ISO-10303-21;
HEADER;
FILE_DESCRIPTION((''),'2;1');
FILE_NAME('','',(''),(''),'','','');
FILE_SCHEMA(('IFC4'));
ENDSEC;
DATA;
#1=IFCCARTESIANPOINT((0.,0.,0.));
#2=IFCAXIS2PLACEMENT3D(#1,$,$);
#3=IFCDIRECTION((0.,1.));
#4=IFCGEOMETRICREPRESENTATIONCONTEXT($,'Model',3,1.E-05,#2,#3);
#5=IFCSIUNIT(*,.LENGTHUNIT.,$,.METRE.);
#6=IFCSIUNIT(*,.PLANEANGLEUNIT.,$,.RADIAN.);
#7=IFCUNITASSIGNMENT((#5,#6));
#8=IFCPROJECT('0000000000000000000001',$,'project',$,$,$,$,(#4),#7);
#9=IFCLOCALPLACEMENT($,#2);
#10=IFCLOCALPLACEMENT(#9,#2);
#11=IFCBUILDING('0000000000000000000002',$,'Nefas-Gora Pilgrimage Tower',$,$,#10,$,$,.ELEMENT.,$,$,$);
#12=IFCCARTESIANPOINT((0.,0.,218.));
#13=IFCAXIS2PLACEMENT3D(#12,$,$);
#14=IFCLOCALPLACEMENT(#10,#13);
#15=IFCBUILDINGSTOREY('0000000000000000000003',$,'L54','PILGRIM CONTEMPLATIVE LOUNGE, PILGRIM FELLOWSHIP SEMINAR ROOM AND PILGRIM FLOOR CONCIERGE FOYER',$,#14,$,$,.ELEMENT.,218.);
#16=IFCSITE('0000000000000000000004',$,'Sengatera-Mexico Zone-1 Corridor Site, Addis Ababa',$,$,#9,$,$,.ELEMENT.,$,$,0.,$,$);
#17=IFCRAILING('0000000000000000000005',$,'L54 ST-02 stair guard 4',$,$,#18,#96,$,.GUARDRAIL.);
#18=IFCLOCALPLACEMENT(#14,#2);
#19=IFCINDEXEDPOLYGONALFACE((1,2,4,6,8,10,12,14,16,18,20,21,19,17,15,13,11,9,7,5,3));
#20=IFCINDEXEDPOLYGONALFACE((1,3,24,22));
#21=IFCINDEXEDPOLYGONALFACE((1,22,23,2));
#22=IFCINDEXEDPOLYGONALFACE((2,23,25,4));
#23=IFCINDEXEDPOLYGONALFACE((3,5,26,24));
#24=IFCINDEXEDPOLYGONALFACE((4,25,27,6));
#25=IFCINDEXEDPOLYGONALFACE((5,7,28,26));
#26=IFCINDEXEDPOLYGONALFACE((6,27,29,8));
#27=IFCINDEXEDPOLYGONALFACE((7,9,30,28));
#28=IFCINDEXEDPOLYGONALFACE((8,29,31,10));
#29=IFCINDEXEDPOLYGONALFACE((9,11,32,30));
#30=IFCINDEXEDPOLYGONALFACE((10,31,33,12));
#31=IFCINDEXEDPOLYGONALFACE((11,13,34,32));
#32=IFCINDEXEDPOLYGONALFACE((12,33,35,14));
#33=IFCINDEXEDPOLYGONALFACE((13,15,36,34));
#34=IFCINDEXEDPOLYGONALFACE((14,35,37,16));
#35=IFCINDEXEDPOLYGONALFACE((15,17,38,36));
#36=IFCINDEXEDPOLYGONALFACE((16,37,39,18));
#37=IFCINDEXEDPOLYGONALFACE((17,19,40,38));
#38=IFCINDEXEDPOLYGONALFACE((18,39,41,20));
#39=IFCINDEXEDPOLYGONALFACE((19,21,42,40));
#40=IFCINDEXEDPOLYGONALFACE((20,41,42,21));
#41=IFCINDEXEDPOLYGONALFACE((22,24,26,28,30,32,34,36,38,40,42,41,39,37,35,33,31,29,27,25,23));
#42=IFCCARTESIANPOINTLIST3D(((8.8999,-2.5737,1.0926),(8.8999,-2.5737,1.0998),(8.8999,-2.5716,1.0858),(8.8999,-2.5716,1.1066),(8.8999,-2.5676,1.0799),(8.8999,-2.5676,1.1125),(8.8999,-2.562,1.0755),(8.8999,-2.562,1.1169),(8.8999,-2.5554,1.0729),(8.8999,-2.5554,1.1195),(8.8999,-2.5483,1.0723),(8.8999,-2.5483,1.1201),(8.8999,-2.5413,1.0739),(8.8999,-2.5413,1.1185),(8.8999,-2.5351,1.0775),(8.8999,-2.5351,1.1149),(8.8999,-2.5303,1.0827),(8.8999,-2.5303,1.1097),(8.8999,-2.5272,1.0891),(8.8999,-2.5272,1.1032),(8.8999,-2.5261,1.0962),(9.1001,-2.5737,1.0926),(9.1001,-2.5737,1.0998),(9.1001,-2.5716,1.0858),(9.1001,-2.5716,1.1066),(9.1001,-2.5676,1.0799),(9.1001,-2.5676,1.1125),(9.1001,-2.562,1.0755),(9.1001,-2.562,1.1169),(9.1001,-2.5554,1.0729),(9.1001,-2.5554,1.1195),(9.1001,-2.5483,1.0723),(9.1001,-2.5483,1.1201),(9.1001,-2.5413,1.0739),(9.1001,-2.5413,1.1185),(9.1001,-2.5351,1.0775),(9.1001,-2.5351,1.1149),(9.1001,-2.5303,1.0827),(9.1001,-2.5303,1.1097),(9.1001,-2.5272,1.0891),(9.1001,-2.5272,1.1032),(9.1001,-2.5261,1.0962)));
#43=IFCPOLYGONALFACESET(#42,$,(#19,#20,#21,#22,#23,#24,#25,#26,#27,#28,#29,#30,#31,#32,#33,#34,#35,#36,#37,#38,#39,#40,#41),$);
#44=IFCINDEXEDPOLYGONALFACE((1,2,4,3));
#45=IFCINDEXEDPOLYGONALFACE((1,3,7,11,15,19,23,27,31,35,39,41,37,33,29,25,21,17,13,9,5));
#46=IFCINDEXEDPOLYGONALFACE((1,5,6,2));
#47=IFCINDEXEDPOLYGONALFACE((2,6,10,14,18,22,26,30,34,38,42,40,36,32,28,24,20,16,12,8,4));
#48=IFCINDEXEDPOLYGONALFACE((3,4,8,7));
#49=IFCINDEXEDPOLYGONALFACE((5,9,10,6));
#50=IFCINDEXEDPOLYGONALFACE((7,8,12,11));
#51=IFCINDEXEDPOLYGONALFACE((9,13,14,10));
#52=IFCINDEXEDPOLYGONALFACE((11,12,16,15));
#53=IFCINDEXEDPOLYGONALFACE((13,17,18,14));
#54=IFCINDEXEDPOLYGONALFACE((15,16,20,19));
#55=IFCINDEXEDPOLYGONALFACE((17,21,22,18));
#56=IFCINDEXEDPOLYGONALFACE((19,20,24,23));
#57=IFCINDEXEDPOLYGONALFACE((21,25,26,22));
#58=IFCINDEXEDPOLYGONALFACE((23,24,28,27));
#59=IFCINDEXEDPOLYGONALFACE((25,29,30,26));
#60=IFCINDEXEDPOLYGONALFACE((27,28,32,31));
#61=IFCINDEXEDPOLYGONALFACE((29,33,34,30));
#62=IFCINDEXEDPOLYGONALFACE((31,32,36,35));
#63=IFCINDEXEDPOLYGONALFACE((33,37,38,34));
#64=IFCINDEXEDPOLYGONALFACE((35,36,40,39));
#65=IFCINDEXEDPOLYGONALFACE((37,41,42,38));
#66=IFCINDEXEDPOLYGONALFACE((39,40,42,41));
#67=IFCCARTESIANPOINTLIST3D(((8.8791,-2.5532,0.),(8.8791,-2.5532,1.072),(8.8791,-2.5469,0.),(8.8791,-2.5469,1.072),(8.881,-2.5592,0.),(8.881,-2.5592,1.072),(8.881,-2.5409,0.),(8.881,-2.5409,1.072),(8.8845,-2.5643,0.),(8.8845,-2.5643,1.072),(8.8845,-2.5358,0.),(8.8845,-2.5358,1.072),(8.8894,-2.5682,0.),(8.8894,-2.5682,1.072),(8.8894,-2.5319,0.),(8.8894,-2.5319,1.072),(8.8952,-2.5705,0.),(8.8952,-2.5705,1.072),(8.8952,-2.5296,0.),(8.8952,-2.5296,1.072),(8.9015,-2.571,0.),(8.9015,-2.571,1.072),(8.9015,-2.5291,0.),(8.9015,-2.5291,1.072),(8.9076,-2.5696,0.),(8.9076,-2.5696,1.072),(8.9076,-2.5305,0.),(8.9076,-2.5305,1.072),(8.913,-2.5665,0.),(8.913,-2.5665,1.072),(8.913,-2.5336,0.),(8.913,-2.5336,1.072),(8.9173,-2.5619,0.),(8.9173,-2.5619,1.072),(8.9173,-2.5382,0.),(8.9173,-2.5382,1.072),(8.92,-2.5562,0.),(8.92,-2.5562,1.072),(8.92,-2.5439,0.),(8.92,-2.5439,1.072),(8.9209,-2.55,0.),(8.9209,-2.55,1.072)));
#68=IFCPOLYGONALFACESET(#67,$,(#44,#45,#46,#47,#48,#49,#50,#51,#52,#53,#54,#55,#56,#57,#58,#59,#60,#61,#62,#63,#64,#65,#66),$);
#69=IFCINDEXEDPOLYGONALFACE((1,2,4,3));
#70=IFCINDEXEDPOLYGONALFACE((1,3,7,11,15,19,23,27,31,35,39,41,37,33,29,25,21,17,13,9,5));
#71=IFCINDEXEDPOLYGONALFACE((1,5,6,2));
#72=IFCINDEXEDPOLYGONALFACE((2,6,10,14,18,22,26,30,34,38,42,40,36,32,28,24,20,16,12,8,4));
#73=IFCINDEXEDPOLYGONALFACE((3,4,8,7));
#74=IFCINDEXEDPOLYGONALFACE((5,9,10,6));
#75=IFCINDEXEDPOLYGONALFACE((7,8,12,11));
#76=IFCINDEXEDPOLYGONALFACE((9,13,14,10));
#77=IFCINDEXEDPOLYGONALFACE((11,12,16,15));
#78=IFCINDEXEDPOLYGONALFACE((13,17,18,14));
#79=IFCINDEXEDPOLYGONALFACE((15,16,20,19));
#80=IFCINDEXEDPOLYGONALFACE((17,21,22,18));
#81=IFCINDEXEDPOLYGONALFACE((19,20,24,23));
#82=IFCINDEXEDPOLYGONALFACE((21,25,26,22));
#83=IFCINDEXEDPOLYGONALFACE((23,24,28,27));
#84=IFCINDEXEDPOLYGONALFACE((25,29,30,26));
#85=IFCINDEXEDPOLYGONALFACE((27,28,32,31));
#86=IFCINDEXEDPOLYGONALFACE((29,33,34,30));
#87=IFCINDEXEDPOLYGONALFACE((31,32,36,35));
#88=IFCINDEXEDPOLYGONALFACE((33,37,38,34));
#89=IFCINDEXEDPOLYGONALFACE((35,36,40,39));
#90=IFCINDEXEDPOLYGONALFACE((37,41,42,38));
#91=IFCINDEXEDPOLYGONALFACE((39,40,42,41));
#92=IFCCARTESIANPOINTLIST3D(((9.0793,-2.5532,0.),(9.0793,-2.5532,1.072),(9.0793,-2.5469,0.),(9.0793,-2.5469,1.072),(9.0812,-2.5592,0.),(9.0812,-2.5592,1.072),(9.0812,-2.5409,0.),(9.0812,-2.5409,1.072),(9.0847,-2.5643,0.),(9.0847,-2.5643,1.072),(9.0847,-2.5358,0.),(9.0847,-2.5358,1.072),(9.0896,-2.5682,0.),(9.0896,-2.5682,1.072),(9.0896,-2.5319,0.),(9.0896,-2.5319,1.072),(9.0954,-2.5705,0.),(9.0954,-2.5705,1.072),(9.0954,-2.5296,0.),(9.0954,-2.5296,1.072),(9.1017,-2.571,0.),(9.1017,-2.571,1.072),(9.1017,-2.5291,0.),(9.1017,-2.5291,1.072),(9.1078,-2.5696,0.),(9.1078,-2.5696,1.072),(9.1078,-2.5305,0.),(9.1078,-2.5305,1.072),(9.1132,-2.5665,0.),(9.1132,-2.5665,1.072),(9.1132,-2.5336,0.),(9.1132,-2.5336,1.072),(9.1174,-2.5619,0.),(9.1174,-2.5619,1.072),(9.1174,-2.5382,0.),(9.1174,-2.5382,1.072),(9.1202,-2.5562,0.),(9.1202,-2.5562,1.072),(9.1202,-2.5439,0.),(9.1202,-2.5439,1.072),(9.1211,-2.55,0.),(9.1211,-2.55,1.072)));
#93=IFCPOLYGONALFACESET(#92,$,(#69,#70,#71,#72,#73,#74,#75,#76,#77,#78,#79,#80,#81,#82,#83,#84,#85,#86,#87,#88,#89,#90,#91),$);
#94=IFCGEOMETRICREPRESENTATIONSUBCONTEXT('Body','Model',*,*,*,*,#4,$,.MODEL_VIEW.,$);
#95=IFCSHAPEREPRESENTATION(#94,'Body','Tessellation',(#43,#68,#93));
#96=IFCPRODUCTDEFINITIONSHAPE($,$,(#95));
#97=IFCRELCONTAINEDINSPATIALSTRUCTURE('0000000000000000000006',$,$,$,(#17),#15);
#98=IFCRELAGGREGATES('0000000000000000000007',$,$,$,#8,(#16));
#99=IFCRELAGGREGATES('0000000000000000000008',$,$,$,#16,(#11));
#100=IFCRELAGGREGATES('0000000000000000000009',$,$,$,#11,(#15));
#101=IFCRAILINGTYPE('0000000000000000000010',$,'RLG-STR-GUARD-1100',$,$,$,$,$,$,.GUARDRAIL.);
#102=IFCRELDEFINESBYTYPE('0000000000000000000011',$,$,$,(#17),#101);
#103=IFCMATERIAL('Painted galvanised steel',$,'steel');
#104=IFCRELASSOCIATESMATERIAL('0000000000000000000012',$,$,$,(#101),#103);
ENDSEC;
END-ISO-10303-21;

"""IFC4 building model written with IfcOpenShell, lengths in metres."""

from ifc_helpers import new_model, si_unit, direction, frame, origin, origin_2d, place, context, subcontext, project, spatial, circle, extrude, material, type_object, element, save


model = new_model("IFC4")

# Units and contexts
model_context = context("Model", 3, precision=1e-05, world=origin(), true_north=direction((0.0, 1.0)))
body_context = subcontext(model_context, "Body", "Model", "MODEL_VIEW")
ifc_project = project(units=[si_unit("LENGTHUNIT", "METRE"), si_unit("PLANEANGLEUNIT", "RADIAN")], contexts=[model_context])

# Site, building, storey
site_placement = place(None, origin())
site = spatial("IfcSite", under=ifc_project, at=site_placement, Name="Sengatera-Mexico Zone-1 Corridor Site, Addis Ababa", CompositionType="ELEMENT", RefElevation=0.0)
building_placement = place(site_placement, origin())
building = spatial("IfcBuilding", under=site, at=building_placement, Name="Nefas-Gora Pilgrimage Tower", CompositionType="ELEMENT")
storey_placement = place(building_placement, frame((0.0, 0.0, 218.0)))
storey = spatial("IfcBuildingStorey", under=building, at=storey_placement, Name="L54", Description="PILGRIM CONTEMPLATIVE LOUNGE, PILGRIM FELLOWSHIP SEMINAR ROOM AND PILGRIM FLOOR CONCIERGE FOYER", CompositionType="ELEMENT", Elevation=218.0)

# Railing
ifc_material_1 = material(Name="Painted galvanised steel", Category="steel")
railing_type_1 = type_object("IfcRailingType", Name="RLG-STR-GUARD-1100", PredefinedType="GUARDRAIL", material=ifc_material_1)
railing_1_placement = place(storey_placement, frame((8.8999, -2.55, 0.0)))
element("IfcRailing", 1, at=railing_1_placement, inside=storey, type_object=railing_type_1, Name="L54 ST-02 stair guard 4", PredefinedType="GUARDRAIL", context=body_context, shape_type="SweptSolid", body=[
    extrude(circle(Radius=0.0239, at=origin_2d()), frame((0.0, 0.0, 1.0962), z_axis=(1.0, 0.0, 0.0), x_axis=(0.0, 1.0, 0.0)), (0.0, 0.0, 1.0), 0.2002),
    extrude(circle(Radius=0.021, at=origin_2d()), origin(), (0.0, 0.0, 1.0), 1.072),
    extrude(circle(Radius=0.021, at=origin_2d()), frame((0.2002, 0.0, 0.0)), (0.0, 0.0, 1.0), 1.072),
])

save(model, "model.ifc")
